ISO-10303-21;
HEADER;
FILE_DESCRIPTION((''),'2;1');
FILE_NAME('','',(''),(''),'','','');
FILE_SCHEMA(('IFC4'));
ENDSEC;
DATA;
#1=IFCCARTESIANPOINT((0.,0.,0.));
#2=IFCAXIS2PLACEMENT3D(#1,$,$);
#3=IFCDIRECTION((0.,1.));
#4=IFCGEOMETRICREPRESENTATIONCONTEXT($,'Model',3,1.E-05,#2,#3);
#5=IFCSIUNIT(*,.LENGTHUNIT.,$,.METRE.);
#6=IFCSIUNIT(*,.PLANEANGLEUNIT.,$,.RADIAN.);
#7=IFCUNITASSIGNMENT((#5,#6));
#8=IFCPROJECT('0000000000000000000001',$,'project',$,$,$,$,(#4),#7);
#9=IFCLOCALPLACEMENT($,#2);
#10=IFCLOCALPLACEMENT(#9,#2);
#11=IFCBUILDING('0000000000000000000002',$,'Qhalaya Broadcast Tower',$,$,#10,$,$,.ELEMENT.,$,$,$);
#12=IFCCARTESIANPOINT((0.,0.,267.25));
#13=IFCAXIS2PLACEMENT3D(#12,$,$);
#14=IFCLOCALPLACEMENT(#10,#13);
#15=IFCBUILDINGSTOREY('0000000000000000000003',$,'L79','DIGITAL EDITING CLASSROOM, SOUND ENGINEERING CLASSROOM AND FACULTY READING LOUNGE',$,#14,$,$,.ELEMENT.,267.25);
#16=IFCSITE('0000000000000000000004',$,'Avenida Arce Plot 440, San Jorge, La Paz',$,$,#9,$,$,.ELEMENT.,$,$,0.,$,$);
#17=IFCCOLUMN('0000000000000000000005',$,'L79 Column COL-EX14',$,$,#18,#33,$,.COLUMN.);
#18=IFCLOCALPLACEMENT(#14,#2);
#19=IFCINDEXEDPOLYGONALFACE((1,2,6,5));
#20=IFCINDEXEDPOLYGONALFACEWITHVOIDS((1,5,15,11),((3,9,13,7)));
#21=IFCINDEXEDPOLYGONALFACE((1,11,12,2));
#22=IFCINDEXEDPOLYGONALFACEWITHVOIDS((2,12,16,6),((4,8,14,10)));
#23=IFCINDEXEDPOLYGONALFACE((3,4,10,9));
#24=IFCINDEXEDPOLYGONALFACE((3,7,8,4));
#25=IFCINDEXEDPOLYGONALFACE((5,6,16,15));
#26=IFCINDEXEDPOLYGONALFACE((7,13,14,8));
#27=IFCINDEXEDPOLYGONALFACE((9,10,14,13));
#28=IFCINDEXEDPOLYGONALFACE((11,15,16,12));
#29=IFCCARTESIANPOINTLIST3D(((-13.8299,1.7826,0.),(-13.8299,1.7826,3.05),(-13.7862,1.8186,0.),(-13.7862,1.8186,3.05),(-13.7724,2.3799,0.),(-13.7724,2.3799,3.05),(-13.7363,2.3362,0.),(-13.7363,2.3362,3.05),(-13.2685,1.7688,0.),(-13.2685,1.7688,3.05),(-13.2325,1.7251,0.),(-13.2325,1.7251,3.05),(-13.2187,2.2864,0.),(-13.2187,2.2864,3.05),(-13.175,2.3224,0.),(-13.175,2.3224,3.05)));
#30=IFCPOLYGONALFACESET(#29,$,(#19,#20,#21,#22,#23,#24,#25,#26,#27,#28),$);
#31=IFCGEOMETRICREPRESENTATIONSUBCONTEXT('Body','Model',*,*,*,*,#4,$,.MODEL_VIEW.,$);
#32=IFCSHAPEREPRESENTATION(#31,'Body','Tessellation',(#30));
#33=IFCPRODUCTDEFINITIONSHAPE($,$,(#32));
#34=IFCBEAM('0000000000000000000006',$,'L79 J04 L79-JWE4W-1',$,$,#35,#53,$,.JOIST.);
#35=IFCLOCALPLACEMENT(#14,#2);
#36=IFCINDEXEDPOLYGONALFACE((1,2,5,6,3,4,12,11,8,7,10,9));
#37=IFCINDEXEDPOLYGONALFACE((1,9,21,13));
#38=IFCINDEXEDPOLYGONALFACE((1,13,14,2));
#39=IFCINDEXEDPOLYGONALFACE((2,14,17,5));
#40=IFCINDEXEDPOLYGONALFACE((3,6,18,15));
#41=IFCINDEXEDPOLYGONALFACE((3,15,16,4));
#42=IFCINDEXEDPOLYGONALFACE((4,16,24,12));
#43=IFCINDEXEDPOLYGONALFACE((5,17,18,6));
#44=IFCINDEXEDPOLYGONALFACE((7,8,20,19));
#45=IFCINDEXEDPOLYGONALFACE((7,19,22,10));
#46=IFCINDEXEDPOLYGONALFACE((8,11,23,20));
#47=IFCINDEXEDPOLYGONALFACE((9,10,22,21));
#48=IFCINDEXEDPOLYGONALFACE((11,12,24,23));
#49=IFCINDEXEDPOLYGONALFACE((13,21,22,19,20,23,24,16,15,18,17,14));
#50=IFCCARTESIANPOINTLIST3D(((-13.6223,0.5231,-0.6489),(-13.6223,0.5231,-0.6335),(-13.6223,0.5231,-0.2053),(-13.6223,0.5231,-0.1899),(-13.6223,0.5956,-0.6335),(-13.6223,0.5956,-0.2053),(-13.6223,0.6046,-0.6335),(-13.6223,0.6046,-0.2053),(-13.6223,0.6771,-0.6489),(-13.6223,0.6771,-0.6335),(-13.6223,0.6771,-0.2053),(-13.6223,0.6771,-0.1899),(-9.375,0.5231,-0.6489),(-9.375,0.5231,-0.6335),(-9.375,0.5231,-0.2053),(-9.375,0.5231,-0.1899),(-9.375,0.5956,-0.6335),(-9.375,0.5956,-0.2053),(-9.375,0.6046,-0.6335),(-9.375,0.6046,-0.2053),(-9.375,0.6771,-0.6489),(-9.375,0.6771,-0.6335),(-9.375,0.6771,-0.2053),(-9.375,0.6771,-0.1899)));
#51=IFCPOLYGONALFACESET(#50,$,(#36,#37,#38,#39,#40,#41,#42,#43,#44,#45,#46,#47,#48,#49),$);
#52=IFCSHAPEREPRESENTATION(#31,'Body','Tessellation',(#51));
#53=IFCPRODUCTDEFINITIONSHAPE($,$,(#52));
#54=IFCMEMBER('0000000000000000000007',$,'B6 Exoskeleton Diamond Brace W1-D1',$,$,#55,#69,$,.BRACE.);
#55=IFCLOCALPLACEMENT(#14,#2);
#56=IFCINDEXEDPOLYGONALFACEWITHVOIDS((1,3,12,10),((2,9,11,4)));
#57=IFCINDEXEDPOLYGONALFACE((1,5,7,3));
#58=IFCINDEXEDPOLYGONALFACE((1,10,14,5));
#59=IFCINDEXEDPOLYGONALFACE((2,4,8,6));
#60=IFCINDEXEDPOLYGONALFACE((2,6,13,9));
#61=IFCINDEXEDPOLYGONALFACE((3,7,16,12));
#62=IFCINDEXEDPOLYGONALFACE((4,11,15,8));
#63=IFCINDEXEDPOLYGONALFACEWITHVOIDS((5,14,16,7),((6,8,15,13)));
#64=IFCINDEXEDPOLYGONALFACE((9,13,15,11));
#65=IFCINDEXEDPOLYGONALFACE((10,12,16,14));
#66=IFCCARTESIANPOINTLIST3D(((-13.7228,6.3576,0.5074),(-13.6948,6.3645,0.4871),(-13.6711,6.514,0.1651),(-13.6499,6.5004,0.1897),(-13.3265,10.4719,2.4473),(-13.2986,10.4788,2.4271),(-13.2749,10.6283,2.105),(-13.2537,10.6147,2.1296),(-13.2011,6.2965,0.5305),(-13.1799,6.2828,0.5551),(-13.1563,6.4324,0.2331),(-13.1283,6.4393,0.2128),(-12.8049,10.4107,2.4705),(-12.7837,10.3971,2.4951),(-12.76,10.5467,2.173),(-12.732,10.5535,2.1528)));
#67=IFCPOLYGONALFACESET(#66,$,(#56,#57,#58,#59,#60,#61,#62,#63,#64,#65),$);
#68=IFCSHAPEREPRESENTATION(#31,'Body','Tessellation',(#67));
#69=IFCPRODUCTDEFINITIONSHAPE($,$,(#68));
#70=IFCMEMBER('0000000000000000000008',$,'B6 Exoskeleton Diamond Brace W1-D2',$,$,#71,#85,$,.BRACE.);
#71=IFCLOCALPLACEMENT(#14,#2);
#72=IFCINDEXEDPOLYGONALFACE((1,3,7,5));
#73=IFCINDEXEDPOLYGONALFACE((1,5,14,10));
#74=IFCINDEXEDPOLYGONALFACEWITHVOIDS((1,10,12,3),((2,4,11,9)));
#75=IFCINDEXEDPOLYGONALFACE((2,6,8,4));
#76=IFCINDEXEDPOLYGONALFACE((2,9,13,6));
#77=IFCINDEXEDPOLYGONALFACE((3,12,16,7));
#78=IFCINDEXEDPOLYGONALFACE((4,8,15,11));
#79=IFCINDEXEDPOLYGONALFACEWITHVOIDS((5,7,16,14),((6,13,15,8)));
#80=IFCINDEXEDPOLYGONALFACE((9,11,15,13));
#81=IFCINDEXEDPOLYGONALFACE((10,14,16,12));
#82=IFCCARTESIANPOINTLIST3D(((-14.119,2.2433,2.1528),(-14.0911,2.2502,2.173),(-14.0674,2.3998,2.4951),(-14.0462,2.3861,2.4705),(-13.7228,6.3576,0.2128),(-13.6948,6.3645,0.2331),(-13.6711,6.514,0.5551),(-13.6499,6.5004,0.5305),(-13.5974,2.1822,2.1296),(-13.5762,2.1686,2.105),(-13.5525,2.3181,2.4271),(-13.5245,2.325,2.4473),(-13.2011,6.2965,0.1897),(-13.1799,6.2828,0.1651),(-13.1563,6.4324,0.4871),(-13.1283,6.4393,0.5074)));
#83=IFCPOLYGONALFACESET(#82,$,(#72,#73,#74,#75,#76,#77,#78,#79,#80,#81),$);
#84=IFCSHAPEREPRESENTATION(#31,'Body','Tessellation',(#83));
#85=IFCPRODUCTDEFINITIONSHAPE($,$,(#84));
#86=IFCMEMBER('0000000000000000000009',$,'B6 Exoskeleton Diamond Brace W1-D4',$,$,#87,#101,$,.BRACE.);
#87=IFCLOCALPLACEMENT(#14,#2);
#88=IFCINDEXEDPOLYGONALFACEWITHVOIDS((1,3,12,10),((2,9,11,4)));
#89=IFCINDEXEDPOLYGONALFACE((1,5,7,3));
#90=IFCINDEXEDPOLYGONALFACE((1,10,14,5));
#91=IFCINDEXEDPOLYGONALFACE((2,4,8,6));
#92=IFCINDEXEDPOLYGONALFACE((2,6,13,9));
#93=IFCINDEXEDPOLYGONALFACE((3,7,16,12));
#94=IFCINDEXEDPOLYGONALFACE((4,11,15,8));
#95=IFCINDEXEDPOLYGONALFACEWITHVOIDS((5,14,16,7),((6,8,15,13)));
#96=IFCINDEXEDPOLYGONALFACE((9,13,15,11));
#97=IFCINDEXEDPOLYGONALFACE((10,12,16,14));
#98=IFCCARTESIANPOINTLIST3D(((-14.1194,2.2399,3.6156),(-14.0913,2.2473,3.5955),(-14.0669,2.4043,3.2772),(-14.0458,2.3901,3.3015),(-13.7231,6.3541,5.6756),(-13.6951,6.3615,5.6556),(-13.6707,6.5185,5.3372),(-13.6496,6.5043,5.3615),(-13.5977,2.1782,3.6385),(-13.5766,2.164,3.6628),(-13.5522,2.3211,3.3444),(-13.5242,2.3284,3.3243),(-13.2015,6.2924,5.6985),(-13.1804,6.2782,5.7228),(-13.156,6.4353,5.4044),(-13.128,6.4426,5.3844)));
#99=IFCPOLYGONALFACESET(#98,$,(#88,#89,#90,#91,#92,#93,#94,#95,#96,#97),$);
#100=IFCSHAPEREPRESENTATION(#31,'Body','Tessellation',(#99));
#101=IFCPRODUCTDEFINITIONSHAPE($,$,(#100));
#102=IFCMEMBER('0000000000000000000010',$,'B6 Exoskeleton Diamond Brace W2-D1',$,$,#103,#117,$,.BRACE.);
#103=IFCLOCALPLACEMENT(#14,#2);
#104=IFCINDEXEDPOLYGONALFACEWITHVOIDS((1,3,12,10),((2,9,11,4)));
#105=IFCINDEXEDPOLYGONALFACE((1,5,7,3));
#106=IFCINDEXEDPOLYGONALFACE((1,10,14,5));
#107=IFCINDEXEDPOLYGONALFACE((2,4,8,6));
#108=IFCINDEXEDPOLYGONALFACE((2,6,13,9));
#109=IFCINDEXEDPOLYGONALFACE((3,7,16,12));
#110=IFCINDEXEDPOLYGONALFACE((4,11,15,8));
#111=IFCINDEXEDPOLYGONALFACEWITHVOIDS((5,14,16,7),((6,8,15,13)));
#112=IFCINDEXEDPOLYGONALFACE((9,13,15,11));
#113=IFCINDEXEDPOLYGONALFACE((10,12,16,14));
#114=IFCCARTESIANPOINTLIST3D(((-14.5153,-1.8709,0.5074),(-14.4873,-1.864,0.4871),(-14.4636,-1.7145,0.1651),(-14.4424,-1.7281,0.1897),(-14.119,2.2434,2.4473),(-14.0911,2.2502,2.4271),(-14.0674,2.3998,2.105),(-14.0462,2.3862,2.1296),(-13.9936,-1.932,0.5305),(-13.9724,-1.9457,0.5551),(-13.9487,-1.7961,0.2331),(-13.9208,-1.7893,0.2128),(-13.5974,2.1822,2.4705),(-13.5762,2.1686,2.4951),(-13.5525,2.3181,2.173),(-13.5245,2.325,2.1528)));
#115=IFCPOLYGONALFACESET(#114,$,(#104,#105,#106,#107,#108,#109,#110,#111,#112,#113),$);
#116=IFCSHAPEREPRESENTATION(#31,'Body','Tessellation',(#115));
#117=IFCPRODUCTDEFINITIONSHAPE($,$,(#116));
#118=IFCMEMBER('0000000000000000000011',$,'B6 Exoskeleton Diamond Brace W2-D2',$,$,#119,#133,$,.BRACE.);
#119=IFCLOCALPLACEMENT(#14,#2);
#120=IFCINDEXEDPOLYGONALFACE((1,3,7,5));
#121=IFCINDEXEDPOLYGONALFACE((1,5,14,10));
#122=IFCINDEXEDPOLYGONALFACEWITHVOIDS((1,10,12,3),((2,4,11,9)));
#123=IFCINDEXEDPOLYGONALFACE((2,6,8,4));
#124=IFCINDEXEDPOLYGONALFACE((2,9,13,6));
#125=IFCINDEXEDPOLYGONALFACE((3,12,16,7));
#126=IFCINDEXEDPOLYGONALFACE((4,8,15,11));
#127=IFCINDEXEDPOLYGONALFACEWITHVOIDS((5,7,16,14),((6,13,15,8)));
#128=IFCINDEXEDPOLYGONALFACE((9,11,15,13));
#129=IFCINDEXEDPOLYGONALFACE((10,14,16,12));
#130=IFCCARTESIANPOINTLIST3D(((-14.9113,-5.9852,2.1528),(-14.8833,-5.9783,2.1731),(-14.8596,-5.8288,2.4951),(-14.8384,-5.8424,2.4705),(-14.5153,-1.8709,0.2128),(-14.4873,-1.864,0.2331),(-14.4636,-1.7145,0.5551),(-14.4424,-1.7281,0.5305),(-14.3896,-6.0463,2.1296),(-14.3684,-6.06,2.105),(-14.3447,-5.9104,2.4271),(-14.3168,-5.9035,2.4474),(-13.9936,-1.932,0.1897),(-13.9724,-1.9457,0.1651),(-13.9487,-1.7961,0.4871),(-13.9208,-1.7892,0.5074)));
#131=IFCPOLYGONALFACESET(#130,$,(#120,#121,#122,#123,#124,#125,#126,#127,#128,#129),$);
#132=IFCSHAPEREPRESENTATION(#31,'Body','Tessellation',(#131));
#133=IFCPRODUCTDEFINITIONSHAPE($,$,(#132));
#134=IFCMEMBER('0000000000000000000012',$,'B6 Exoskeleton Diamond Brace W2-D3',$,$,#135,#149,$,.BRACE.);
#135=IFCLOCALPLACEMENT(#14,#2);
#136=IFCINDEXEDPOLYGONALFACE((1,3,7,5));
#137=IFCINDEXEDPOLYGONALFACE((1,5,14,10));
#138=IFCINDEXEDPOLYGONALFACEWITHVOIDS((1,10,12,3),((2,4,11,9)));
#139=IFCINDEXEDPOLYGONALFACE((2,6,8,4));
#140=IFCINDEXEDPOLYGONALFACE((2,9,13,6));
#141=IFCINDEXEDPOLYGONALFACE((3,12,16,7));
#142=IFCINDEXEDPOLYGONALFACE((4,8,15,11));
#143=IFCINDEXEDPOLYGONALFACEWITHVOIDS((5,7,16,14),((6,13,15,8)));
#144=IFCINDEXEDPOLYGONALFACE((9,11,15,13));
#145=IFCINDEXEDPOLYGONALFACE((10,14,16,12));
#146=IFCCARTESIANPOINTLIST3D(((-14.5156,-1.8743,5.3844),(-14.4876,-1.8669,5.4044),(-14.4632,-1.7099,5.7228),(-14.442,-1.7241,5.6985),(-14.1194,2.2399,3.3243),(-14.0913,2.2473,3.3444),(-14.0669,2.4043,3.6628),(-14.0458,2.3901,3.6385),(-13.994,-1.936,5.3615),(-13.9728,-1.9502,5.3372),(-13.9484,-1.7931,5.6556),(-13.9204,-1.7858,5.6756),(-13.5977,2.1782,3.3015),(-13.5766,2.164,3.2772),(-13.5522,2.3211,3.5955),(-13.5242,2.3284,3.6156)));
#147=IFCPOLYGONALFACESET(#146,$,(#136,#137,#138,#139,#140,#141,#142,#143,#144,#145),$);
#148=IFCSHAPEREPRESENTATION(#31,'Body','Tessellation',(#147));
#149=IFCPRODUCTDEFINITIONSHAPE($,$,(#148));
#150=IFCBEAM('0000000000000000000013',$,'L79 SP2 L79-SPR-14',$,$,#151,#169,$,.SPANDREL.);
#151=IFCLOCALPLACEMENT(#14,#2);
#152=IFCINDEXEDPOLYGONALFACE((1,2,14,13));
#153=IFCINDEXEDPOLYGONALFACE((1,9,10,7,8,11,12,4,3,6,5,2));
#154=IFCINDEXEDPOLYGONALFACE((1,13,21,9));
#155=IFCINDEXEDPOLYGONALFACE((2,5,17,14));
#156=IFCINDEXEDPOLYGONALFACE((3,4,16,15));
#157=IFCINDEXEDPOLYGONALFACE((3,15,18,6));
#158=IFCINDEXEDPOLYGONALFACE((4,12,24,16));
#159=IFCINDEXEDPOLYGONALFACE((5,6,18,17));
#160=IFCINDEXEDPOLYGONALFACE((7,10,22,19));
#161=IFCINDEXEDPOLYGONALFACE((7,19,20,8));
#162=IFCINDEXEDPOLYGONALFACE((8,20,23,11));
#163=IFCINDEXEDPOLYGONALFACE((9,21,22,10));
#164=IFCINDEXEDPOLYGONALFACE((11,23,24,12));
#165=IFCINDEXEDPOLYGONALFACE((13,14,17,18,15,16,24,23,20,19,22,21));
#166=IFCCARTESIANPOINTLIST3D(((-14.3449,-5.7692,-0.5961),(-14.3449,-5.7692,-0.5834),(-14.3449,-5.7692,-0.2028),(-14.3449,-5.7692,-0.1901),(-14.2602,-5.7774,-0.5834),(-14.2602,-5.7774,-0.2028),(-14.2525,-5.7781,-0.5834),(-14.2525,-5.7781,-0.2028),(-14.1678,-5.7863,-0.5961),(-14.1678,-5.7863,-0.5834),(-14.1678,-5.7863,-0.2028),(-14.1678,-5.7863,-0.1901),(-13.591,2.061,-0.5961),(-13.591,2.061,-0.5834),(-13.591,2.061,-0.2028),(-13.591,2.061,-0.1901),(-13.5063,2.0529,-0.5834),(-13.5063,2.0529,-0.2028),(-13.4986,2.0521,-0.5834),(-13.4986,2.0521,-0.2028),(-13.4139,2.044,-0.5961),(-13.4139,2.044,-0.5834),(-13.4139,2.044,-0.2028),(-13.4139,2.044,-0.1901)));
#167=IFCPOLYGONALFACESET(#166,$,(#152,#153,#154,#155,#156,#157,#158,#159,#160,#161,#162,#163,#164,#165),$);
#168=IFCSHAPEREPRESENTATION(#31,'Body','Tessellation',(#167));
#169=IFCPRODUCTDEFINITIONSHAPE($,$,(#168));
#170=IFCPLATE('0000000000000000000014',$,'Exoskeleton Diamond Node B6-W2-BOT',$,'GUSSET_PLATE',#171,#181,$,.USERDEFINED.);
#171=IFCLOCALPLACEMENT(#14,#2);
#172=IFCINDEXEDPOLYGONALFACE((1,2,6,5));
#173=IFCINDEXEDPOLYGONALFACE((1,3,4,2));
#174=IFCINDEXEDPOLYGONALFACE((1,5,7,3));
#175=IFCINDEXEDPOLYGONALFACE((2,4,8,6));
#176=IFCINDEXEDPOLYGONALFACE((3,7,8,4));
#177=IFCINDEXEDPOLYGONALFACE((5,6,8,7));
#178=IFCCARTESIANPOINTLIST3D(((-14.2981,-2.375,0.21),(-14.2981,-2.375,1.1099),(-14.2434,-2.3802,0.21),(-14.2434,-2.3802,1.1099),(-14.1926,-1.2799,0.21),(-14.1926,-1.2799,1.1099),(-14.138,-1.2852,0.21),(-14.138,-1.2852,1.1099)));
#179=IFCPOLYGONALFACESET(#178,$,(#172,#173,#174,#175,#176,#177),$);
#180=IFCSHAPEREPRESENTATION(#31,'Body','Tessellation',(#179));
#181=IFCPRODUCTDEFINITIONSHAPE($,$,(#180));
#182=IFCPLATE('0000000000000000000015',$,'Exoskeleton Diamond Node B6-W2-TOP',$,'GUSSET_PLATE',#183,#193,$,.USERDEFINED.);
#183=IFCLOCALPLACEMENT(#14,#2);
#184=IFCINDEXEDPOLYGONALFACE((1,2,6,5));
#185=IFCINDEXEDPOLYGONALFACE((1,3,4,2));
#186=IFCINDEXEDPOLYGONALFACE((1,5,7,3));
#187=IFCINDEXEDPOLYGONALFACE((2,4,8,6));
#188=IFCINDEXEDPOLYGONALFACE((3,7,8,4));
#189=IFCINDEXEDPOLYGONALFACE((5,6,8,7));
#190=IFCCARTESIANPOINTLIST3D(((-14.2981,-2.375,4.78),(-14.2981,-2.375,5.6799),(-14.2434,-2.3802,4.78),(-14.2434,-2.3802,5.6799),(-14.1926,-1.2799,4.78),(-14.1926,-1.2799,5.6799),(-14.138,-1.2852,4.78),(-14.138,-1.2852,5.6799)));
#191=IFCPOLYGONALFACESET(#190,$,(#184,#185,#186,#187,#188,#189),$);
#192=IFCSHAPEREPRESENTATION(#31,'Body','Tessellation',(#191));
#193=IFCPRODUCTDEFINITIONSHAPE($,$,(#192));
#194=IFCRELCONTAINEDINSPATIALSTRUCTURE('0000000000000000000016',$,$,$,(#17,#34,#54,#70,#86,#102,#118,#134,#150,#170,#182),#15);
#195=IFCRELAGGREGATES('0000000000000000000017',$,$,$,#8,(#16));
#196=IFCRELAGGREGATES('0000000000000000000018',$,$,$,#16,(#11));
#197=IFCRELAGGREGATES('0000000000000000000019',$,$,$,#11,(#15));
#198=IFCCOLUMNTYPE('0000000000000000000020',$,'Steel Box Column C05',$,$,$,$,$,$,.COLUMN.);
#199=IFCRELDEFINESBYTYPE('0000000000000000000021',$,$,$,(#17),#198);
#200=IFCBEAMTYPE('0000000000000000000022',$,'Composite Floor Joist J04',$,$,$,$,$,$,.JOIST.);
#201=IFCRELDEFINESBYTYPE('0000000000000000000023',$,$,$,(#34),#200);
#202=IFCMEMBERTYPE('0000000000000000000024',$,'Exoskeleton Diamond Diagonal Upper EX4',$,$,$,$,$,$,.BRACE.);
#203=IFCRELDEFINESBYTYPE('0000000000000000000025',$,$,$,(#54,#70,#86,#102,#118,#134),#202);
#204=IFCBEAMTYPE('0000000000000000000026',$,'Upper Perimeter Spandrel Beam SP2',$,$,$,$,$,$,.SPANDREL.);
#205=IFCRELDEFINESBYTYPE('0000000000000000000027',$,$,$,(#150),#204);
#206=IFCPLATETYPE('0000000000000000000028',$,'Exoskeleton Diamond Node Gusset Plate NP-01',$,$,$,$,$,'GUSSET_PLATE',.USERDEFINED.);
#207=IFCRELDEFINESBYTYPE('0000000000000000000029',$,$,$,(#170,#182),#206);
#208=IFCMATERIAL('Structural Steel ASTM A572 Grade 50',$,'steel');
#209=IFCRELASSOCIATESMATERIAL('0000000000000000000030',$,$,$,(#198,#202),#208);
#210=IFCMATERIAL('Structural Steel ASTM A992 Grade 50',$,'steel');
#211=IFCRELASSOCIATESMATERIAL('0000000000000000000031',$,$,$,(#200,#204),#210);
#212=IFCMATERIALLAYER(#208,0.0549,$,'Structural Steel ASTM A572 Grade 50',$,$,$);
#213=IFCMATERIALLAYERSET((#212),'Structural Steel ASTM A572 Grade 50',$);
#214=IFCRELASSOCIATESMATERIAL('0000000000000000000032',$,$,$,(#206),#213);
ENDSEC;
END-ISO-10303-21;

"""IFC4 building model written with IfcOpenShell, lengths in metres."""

from ifc_helpers import new_model, si_unit, direction, frame, origin, origin_2d, place, context, subcontext, project, spatial, rectangle, hollow_rectangle, i_section, extrude, material, layer, layer_set, material_profile, profile_set, type_object, element, save


model = new_model("IFC4")

# Units and contexts
model_context = context("Model", 3, precision=1e-05, world=origin(), true_north=direction((0.0, 1.0)))
body_context = subcontext(model_context, "Body", "Model", "MODEL_VIEW")
ifc_project = project(units=[si_unit("LENGTHUNIT", "METRE"), si_unit("PLANEANGLEUNIT", "RADIAN")], contexts=[model_context])

# Site, building, storey
site_placement = place(None, origin())
site = spatial("IfcSite", under=ifc_project, at=site_placement, Name="Avenida Arce Plot 440, San Jorge, La Paz", CompositionType="ELEMENT", RefElevation=0.0)
building_placement = place(site_placement, origin())
building = spatial("IfcBuilding", under=site, at=building_placement, Name="Qhalaya Broadcast Tower", CompositionType="ELEMENT")
storey_placement = place(building_placement, frame((0.0, 0.0, 267.25)))
storey = spatial("IfcBuildingStorey", under=building, at=storey_placement, Name="L79", Description="DIGITAL EDITING CLASSROOM, SOUND ENGINEERING CLASSROOM AND FACULTY READING LOUNGE", CompositionType="ELEMENT", Elevation=267.25)

# Column
ifc_material_1 = material(Name="Structural Steel ASTM A572 Grade 50", Category="steel")
ifc_material_profile_1 = material_profile(ifc_material_1, hollow_rectangle(XDim=0.6001, YDim=0.6001, WallThickness=0.04, at=origin_2d()), Name="BOX 600x600x40")
ifc_profile_set_1 = profile_set([ifc_material_profile_1], Name="Structural Steel ASTM A572 Grade 50")
column_type = type_object("IfcColumnType", Name="Steel Box Column C05", PredefinedType="COLUMN", material=ifc_profile_set_1)
column_placement = place(storey_placement, frame((-13.5024, 2.0525, 0.0), z_axis=(0.0, 0.0, 1.0), x_axis=(0.095846, 0.995396, 0.0)))
element("IfcColumn", 1, at=column_placement, inside=storey, type_object=column_type, Name="L79 Column COL-EX14", PredefinedType="COLUMN", context=body_context, shape_type="SweptSolid", body=[
    extrude(hollow_rectangle(XDim=0.6001, YDim=0.6001, WallThickness=0.04, at=origin_2d()), origin(), (0.0, 0.0, 1.0), 3.05),
])

# Beam
ifc_material_2 = material(Name="Structural Steel ASTM A992 Grade 50", Category="steel")
ifc_material_profile_2 = material_profile(ifc_material_2, i_section(OverallWidth=0.1541, OverallDepth=0.459, WebThickness=0.009, FlangeThickness=0.0154, at=origin_2d()), Name="W18X46")
ifc_profile_set_2 = profile_set([ifc_material_profile_2], Name="Structural Steel ASTM A992 Grade 50")
beam_type_1 = type_object("IfcBeamType", Name="Composite Floor Joist J04", PredefinedType="JOIST", material=ifc_profile_set_2)
beam_1_placement = place(storey_placement, frame((-13.6223, 0.6001, -0.4194), z_axis=(1.0, 0.0, 0.0), x_axis=(0.0, 1.0, 0.0)))
element("IfcBeam", 2, at=beam_1_placement, inside=storey, type_object=beam_type_1, Name="L79 J04 L79-JWE4W-1", PredefinedType="JOIST", context=body_context, shape_type="SweptSolid", body=[
    extrude(i_section(OverallWidth=0.1541, OverallDepth=0.459, WebThickness=0.009, FlangeThickness=0.0154, at=origin_2d()), origin(), (0.0, 0.0, 1.0), 4.2473),
])

# Members
ifc_material_profile_3 = material_profile(ifc_material_1, hollow_rectangle(XDim=0.3799, YDim=0.55, WallThickness=0.0249, at=origin_2d()), Name="BOX 380x550x25")
ifc_profile_set_3 = profile_set([ifc_material_profile_3], Name="Structural Steel ASTM A572 Grade 50")
member_type = type_object("IfcMemberType", Name="Exoskeleton Diamond Diagonal Upper EX4", PredefinedType="BRACE", material=ifc_profile_set_3)
for number, where, z_axis, x_axis, name in (
    (3, (-13.4255, 6.3984, 0.3601), (0.086782, 0.901082, 0.424875), (-0.135948, -0.411783, 0.901084), "B6 Exoskeleton Diamond Brace W1-D1"),
    (4, (-13.4255, 6.3984, 0.3601), (-0.086782, -0.901082, 0.424875), (0.135948, 0.411783, 0.901084), "B6 Exoskeleton Diamond Brace W1-D2"),
):
    element("IfcMember", number, at=place(storey_placement, frame(where, z_axis=z_axis, x_axis=x_axis)), inside=storey, type_object=member_type, Name=name, PredefinedType="BRACE", context=body_context, shape_type="SweptSolid", body=[
        extrude(hollow_rectangle(XDim=0.3799, YDim=0.55, WallThickness=0.0249, at=origin_2d()), origin(), (0.0, 0.0, 1.0), 4.5659),
    ])
member_1_placement = place(storey_placement, frame((-13.8218, 2.2842, 3.47), z_axis=(0.085799, 0.890875, 0.446072), x_axis=(-0.13797, -0.432785, 0.890877)))
element("IfcMember", 5, at=member_1_placement, inside=storey, type_object=member_type, Name="B6 Exoskeleton Diamond Brace W1-D4", PredefinedType="BRACE", context=body_context, shape_type="SweptSolid", body=[
    extrude(hollow_rectangle(XDim=0.3799, YDim=0.55, WallThickness=0.0249, at=origin_2d()), origin(), (0.0, 0.0, 1.0), 4.6182),
])
for number, where, z_axis, x_axis, name in (
    (6, (-14.218, -1.8301, 0.3601), (0.086782, 0.901082, 0.424875), (-0.135948, -0.411783, 0.901084), "B6 Exoskeleton Diamond Brace W2-D1"),
    (7, (-14.218, -1.8301, 0.3601), (-0.086729, -0.901087, 0.424877), (0.135924, 0.411793, 0.901083), "B6 Exoskeleton Diamond Brace W2-D2"),
):
    element("IfcMember", number, at=place(storey_placement, frame(where, z_axis=z_axis, x_axis=x_axis)), inside=storey, type_object=member_type, Name=name, PredefinedType="BRACE", context=body_context, shape_type="SweptSolid", body=[
        extrude(hollow_rectangle(XDim=0.3799, YDim=0.55, WallThickness=0.0249, at=origin_2d()), origin(), (0.0, 0.0, 1.0), 4.5659),
    ])
member_2_placement = place(storey_placement, frame((-13.8218, 2.2842, 3.47), z_axis=(-0.085799, -0.890875, 0.446072), x_axis=(0.13797, 0.432785, 0.890877)))
element("IfcMember", 8, at=member_2_placement, inside=storey, type_object=member_type, Name="B6 Exoskeleton Diamond Brace W2-D3", PredefinedType="BRACE", context=body_context, shape_type="SweptSolid", body=[
    extrude(hollow_rectangle(XDim=0.3799, YDim=0.55, WallThickness=0.0249, at=origin_2d()), origin(), (0.0, 0.0, 1.0), 4.6182),
])

# Beam
ifc_material_profile_4 = material_profile(ifc_material_2, i_section(OverallWidth=0.178, OverallDepth=0.406, WebThickness=0.0078, FlangeThickness=0.0127, at=origin_2d()), Name="W16X40")
ifc_profile_set_4 = profile_set([ifc_material_profile_4], Name="Structural Steel ASTM A992 Grade 50")
beam_type_2 = type_object("IfcBeamType", Name="Upper Perimeter Spandrel Beam SP2", PredefinedType="SPANDREL", material=ifc_profile_set_4)
beam_2_placement = place(storey_placement, frame((-13.5024, 2.0525, -0.3931), z_axis=(-0.095837, -0.995397, 0.0), x_axis=(0.995397, -0.095837, 0.0)))
element("IfcBeam", 9, at=beam_2_placement, inside=storey, type_object=beam_type_2, Name="L79 SP2 L79-SPR-14", PredefinedType="SPANDREL", context=body_context, shape_type="SweptSolid", body=[
    extrude(i_section(OverallWidth=0.178, OverallDepth=0.406, WebThickness=0.0078, FlangeThickness=0.0127, at=origin_2d()), origin(), (0.0, 0.0, 1.0), 7.8665),
])

# Plates
ifc_layer_1 = layer(ifc_material_1, 0.0549, Name="Structural Steel ASTM A572 Grade 50")
ifc_layer_set_1 = layer_set([ifc_layer_1], Name="Structural Steel ASTM A572 Grade 50")
plate_type_1 = type_object("IfcPlateType", Name="Exoskeleton Diamond Node Gusset Plate NP-01", ElementType="GUSSET_PLATE", PredefinedType="USERDEFINED", material=ifc_layer_set_1)
for number, where, z_axis, x_axis, name in (
    (10, (-14.218, -1.8301, 0.21), (0.0, 0.0, 1.0), (0.095846, 0.995396, 0.0), "Exoskeleton Diamond Node B6-W2-BOT"),
    (11, (-14.218, -1.8301, 4.78), (0.0, 0.0, 1.0), (0.095846, 0.995396, 0.0), "Exoskeleton Diamond Node B6-W2-TOP"),
):
    element("IfcPlate", number, at=place(storey_placement, frame(where, z_axis=z_axis, x_axis=x_axis)), inside=storey, type_object=plate_type_1, Name=name, ObjectType="GUSSET_PLATE", PredefinedType="USERDEFINED", context=body_context, shape_type="SweptSolid", body=[
        extrude(rectangle(XDim=1.1001, YDim=0.0549, at=origin_2d()), origin(), (0.0, 0.0, 1.0), 0.8999),
    ])

save(model, "model.ifc")
